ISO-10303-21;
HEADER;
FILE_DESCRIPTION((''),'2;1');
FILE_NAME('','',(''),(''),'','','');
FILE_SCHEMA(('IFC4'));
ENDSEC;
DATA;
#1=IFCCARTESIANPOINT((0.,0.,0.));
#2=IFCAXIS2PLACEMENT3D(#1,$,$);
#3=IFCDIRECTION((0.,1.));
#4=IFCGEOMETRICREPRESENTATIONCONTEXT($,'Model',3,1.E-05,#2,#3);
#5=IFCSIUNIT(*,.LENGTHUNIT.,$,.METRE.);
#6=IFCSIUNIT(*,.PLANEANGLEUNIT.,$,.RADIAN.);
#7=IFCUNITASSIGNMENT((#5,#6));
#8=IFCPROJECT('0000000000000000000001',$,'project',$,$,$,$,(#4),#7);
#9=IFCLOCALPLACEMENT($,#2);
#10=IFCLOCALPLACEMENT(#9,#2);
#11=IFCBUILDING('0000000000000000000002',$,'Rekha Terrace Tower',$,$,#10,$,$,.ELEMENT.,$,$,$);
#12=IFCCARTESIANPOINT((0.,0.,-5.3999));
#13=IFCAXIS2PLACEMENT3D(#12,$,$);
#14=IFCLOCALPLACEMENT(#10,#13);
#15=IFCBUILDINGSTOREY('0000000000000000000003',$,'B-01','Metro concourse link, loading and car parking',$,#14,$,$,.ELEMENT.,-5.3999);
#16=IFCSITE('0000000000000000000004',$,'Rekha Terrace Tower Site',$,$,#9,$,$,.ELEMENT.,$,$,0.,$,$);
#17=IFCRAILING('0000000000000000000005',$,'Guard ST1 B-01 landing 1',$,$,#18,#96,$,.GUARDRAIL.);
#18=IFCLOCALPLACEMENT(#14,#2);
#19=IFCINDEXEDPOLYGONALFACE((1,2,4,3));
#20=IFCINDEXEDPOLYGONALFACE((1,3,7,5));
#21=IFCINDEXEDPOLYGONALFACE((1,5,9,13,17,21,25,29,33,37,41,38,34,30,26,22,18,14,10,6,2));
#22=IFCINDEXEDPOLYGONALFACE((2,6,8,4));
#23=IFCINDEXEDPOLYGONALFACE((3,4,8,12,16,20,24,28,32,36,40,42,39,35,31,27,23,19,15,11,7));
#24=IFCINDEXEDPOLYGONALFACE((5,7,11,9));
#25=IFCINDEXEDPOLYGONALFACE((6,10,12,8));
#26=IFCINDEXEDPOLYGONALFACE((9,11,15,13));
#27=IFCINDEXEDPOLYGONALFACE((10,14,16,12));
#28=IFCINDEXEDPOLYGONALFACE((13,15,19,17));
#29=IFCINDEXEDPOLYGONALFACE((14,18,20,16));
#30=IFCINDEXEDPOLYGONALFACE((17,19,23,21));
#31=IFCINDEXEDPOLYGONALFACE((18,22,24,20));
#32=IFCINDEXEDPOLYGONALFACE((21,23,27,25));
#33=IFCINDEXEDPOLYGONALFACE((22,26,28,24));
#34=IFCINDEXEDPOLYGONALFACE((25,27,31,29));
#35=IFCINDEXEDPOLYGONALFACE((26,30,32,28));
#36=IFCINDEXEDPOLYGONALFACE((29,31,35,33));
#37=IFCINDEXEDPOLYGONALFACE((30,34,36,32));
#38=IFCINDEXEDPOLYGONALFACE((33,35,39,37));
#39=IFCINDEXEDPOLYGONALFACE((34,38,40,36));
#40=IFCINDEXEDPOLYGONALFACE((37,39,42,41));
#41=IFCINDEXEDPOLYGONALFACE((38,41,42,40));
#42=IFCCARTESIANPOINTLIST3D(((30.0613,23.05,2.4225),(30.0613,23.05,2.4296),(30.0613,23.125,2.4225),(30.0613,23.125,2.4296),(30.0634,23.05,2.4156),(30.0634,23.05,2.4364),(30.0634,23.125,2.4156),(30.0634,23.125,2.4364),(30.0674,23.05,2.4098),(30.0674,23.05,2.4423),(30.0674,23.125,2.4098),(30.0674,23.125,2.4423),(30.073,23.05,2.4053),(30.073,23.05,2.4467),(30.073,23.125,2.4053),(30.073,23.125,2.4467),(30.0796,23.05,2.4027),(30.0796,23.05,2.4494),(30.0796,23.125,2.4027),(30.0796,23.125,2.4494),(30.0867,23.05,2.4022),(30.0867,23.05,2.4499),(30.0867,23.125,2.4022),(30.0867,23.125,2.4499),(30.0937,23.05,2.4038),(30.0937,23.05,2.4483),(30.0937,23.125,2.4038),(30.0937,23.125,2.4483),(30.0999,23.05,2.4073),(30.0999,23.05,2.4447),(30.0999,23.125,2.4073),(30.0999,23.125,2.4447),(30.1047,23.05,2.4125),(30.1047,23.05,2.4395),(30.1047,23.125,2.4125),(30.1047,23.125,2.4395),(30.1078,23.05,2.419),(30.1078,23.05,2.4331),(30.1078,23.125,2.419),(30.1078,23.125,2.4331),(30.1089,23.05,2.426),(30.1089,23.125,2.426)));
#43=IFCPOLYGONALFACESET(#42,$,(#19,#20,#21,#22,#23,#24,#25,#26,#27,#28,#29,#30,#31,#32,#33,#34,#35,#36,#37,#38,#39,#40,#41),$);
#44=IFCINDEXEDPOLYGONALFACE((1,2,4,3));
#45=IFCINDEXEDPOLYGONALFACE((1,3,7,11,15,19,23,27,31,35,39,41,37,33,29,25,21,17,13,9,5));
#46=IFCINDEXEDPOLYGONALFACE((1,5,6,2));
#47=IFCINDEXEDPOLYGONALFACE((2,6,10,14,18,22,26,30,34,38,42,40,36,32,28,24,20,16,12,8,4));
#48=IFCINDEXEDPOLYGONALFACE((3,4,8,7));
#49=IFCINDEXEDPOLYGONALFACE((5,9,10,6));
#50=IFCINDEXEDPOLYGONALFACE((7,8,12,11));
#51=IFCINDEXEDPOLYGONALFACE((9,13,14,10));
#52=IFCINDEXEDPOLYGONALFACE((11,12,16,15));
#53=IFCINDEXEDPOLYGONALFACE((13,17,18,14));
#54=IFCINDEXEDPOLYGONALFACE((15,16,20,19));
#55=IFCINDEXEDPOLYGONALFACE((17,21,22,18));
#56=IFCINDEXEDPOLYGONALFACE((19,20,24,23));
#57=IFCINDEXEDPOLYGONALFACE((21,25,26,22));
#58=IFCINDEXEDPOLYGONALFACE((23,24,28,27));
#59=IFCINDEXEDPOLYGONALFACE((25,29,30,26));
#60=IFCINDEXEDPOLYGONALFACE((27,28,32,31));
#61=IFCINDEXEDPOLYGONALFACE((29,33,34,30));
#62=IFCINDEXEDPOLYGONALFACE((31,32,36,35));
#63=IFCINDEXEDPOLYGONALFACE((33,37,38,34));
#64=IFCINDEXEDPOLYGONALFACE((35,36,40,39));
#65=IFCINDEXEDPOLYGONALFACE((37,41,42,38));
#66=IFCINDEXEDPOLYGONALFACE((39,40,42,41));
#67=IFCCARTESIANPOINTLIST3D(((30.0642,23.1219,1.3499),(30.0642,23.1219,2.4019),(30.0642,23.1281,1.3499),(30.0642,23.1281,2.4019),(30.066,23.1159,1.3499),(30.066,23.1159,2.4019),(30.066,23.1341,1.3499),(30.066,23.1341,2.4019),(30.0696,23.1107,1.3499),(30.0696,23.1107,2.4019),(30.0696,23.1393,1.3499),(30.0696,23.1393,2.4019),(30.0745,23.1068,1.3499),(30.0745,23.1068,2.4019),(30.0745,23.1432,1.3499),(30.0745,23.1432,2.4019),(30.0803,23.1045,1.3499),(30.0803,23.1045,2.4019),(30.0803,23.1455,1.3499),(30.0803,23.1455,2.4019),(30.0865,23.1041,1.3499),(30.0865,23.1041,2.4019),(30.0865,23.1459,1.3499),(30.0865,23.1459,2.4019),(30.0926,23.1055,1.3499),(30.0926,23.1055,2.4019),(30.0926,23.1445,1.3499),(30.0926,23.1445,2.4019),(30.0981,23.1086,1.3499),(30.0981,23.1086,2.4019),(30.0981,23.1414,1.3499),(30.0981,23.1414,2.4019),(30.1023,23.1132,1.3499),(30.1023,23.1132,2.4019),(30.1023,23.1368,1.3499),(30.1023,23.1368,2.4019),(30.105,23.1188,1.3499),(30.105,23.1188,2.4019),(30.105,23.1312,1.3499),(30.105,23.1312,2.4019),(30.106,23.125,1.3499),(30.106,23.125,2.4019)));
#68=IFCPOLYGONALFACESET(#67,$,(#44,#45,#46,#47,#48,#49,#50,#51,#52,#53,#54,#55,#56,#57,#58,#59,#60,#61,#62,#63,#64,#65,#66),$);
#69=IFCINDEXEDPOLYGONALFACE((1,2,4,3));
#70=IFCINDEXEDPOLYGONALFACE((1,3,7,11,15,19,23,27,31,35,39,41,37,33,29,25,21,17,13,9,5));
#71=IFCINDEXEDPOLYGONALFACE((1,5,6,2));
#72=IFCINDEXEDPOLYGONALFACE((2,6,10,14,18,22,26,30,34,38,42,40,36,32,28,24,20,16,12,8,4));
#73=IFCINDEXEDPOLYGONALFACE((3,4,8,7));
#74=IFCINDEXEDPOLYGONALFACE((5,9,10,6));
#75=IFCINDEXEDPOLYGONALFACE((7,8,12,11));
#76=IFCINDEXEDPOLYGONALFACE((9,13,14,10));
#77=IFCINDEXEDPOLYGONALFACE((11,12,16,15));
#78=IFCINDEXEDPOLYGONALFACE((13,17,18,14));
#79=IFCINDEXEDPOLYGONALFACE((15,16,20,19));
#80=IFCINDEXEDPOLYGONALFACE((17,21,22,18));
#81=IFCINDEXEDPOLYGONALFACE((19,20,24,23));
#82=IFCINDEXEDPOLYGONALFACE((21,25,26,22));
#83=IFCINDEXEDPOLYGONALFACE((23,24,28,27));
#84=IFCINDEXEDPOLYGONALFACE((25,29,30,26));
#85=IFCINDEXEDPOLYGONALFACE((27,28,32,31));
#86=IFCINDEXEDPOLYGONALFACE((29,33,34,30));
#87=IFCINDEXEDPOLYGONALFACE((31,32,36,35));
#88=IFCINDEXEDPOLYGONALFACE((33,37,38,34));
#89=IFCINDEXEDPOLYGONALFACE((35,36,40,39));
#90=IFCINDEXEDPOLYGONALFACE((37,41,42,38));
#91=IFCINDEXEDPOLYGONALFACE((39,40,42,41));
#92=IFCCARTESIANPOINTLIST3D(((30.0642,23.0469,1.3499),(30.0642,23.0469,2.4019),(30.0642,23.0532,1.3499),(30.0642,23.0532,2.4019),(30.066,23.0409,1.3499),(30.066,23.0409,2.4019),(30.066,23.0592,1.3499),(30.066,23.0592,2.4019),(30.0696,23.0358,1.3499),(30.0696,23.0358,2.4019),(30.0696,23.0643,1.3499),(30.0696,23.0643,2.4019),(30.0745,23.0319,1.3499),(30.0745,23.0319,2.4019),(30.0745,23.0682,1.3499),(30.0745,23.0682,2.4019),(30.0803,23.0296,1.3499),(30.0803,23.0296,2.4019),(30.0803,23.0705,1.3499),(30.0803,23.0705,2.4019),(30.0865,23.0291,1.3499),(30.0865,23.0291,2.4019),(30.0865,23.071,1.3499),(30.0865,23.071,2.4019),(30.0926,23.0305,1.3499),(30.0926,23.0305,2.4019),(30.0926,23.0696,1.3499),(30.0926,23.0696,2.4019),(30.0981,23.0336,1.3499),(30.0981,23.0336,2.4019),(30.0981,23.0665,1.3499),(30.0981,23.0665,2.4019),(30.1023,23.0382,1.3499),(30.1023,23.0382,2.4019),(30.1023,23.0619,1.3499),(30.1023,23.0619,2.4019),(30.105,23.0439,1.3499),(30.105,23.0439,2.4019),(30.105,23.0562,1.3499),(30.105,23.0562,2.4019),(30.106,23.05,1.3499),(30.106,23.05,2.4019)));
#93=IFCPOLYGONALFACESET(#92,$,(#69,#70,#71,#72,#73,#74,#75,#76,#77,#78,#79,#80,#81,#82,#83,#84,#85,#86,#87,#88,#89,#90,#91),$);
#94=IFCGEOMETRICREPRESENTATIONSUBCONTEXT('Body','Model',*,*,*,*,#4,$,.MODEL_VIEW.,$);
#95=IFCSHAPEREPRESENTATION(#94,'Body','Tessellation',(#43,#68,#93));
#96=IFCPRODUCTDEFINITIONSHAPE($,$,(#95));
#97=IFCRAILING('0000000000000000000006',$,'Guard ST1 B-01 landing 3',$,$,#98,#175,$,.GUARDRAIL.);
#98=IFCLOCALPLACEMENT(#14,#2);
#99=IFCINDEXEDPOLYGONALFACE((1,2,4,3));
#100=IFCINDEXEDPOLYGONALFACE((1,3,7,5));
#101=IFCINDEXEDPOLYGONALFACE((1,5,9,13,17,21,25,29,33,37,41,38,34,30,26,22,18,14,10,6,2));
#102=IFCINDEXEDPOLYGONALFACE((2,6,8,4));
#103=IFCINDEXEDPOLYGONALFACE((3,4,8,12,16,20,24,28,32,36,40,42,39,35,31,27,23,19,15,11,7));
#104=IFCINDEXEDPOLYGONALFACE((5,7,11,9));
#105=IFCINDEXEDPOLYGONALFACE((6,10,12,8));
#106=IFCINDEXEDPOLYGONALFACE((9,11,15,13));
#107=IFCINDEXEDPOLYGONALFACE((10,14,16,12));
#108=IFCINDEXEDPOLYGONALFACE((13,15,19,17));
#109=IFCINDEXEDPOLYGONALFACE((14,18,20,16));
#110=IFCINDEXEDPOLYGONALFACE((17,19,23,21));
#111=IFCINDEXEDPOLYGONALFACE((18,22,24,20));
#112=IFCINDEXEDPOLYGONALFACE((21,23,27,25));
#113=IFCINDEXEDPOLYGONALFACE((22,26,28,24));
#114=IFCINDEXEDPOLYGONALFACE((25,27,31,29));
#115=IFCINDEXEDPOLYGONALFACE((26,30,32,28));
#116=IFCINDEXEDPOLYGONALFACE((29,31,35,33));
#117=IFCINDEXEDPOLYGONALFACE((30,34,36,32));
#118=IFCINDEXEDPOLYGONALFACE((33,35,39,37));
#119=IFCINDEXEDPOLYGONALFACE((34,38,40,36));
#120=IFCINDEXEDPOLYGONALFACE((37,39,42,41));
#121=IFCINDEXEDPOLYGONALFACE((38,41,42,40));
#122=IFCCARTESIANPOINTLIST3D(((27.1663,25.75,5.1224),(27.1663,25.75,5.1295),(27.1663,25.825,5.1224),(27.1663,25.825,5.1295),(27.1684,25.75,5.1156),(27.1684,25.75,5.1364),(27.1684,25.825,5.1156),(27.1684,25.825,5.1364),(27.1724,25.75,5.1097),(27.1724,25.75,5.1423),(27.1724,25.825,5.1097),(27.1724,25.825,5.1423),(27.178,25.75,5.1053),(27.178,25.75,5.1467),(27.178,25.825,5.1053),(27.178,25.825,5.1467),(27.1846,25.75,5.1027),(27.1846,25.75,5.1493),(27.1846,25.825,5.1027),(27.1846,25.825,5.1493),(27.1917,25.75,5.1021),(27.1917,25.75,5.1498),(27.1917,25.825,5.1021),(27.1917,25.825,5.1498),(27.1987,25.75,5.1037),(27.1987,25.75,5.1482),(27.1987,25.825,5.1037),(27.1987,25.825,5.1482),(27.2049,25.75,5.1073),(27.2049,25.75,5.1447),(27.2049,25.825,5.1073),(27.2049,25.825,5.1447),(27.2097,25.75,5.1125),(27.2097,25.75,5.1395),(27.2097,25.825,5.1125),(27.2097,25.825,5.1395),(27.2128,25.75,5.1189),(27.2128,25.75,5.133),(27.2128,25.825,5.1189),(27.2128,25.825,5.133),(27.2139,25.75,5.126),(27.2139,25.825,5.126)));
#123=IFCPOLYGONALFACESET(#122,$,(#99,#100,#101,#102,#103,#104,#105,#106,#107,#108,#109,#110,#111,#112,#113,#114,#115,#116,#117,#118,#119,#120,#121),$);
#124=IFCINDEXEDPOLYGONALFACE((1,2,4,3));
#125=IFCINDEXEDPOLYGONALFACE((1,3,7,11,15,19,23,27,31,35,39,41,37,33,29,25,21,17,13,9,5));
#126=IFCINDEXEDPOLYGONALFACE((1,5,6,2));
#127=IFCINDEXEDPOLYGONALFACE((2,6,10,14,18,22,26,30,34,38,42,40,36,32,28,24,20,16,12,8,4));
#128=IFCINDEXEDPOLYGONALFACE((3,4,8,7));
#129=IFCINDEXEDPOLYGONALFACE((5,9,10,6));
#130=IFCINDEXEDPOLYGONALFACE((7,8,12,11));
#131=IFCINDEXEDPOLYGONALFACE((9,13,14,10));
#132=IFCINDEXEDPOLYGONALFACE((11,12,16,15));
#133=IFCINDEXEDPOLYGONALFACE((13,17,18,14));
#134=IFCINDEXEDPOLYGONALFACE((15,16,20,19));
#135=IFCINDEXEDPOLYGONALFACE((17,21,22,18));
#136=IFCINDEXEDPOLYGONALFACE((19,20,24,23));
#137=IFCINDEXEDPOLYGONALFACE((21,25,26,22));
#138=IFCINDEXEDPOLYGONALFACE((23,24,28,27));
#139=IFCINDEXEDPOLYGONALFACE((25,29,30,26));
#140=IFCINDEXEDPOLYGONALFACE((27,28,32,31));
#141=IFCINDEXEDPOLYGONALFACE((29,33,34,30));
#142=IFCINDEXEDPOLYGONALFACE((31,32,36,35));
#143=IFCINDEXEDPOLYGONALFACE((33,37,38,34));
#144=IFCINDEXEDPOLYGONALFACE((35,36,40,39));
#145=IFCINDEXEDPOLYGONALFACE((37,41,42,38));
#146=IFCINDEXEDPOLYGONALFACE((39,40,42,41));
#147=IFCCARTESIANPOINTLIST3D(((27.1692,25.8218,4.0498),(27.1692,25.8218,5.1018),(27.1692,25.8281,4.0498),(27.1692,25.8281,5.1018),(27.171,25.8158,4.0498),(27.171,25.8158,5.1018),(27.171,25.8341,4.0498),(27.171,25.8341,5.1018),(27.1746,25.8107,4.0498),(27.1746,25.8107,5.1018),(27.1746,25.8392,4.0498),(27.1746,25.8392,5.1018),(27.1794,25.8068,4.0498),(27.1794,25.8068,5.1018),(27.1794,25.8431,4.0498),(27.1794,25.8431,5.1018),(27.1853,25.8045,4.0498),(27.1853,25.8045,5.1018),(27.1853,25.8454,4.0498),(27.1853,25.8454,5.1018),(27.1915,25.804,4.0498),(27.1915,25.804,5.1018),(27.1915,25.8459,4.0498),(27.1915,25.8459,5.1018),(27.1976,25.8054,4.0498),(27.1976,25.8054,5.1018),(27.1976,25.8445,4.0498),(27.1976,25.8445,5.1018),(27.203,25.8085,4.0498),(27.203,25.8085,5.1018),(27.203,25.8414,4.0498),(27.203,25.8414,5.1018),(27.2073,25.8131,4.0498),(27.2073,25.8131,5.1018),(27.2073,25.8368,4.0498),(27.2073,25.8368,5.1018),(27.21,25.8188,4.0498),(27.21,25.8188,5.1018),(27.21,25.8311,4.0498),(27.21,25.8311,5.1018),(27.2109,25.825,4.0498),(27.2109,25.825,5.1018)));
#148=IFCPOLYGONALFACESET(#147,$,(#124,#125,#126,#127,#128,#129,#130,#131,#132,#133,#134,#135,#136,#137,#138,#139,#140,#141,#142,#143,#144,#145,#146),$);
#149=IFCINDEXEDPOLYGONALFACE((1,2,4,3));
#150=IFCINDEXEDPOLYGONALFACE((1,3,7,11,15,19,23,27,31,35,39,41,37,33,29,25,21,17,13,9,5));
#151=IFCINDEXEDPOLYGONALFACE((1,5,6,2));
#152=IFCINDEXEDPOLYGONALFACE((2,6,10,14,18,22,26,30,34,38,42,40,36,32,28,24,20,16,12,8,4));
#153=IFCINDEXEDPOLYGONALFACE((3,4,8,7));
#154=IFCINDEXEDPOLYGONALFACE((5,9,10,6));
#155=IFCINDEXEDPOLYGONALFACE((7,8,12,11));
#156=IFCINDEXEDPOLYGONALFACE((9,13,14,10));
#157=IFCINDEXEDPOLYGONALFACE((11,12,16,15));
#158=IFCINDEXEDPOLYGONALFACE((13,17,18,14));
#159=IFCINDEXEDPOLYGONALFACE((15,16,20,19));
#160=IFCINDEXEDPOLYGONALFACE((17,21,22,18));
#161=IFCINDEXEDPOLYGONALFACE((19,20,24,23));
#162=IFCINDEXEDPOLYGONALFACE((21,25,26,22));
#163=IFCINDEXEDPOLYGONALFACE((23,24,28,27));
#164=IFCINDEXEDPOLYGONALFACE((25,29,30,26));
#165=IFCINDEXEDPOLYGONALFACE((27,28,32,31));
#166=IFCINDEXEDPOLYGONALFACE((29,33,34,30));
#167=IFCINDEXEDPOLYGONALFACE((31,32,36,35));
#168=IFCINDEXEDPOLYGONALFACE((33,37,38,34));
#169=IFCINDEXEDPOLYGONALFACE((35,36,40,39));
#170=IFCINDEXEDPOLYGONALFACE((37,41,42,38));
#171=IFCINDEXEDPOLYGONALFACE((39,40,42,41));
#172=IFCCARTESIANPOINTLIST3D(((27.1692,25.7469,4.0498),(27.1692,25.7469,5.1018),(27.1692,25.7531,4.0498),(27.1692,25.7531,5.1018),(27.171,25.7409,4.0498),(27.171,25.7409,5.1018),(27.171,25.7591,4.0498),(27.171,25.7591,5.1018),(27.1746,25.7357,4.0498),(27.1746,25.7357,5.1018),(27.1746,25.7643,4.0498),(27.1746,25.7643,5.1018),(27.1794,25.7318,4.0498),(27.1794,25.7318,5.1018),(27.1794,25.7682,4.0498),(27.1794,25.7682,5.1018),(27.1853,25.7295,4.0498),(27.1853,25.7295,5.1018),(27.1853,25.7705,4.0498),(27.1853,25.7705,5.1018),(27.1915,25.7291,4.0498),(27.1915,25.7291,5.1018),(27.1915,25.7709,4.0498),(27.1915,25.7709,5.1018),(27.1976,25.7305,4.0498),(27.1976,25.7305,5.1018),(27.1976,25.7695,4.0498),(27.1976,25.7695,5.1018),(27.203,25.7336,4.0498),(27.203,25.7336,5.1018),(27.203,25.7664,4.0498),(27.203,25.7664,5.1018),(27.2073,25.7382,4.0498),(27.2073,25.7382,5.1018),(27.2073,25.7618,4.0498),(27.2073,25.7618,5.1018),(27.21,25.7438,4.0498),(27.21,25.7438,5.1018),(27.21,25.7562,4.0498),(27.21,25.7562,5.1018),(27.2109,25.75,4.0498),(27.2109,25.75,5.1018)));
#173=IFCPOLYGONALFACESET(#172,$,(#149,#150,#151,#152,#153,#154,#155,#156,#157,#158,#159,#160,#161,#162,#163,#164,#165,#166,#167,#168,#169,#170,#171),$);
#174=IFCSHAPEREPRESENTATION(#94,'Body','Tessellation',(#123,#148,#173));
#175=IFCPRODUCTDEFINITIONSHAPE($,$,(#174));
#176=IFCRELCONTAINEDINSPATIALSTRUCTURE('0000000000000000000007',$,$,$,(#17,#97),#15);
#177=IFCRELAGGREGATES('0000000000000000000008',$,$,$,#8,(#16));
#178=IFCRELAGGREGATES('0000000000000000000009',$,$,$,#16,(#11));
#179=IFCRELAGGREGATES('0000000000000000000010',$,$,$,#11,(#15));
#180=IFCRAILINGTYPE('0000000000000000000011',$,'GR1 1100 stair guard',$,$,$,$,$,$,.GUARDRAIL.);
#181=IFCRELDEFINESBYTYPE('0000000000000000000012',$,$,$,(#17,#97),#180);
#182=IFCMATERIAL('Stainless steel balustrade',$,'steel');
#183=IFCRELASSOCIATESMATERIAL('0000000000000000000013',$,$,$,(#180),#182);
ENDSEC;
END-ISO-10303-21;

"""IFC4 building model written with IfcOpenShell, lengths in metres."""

from ifc_helpers import new_model, si_unit, direction, frame, origin, origin_2d, place, context, subcontext, project, spatial, circle, extrude, material, type_object, element, save


model = new_model("IFC4")

# Units and contexts
model_context = context("Model", 3, precision=1e-05, world=origin(), true_north=direction((0.0, 1.0)))
body_context = subcontext(model_context, "Body", "Model", "MODEL_VIEW")
ifc_project = project(units=[si_unit("LENGTHUNIT", "METRE"), si_unit("PLANEANGLEUNIT", "RADIAN")], contexts=[model_context])

# Site, building, storey
site_placement = place(None, origin())
site = spatial("IfcSite", under=ifc_project, at=site_placement, Name="Rekha Terrace Tower Site", CompositionType="ELEMENT", RefElevation=0.0)
building_placement = place(site_placement, origin())
building = spatial("IfcBuilding", under=site, at=building_placement, Name="Rekha Terrace Tower", CompositionType="ELEMENT")
storey_placement = place(building_placement, frame((0.0, 0.0, -5.3999)))
storey = spatial("IfcBuildingStorey", under=building, at=storey_placement, Name="B-01", Description="Metro concourse link, loading and car parking", CompositionType="ELEMENT", Elevation=-5.3999)

# Railings
ifc_material_1 = material(Name="Stainless steel balustrade", Category="steel")
railing_type_1 = type_object("IfcRailingType", Name="GR1 1100 stair guard", PredefinedType="GUARDRAIL", material=ifc_material_1)
for number, where, name in (
    (1, (30.085, 23.125, 1.3499), "Guard ST1 B-01 landing 1"),
    (2, (27.1899, 25.825, 4.0498), "Guard ST1 B-01 landing 3"),
):
    element("IfcRailing", number, at=place(storey_placement, frame(where)), inside=storey, type_object=railing_type_1, Name=name, PredefinedType="GUARDRAIL", context=body_context, shape_type="SweptSolid", body=[
        extrude(circle(Radius=0.0239, at=origin_2d()), frame((0.0, 0.0, 1.0762), z_axis=(0.0, -1.0, 0.0), x_axis=(1.0, 0.0, 0.0)), (0.0, 0.0, 1.0), 0.075),
        extrude(circle(Radius=0.021, at=origin_2d()), origin(), (0.0, 0.0, 1.0), 1.052),
        extrude(circle(Radius=0.021, at=origin_2d()), frame((0.0, -0.075, 0.0)), (0.0, 0.0, 1.0), 1.052),
    ])

save(model, "model.ifc")
